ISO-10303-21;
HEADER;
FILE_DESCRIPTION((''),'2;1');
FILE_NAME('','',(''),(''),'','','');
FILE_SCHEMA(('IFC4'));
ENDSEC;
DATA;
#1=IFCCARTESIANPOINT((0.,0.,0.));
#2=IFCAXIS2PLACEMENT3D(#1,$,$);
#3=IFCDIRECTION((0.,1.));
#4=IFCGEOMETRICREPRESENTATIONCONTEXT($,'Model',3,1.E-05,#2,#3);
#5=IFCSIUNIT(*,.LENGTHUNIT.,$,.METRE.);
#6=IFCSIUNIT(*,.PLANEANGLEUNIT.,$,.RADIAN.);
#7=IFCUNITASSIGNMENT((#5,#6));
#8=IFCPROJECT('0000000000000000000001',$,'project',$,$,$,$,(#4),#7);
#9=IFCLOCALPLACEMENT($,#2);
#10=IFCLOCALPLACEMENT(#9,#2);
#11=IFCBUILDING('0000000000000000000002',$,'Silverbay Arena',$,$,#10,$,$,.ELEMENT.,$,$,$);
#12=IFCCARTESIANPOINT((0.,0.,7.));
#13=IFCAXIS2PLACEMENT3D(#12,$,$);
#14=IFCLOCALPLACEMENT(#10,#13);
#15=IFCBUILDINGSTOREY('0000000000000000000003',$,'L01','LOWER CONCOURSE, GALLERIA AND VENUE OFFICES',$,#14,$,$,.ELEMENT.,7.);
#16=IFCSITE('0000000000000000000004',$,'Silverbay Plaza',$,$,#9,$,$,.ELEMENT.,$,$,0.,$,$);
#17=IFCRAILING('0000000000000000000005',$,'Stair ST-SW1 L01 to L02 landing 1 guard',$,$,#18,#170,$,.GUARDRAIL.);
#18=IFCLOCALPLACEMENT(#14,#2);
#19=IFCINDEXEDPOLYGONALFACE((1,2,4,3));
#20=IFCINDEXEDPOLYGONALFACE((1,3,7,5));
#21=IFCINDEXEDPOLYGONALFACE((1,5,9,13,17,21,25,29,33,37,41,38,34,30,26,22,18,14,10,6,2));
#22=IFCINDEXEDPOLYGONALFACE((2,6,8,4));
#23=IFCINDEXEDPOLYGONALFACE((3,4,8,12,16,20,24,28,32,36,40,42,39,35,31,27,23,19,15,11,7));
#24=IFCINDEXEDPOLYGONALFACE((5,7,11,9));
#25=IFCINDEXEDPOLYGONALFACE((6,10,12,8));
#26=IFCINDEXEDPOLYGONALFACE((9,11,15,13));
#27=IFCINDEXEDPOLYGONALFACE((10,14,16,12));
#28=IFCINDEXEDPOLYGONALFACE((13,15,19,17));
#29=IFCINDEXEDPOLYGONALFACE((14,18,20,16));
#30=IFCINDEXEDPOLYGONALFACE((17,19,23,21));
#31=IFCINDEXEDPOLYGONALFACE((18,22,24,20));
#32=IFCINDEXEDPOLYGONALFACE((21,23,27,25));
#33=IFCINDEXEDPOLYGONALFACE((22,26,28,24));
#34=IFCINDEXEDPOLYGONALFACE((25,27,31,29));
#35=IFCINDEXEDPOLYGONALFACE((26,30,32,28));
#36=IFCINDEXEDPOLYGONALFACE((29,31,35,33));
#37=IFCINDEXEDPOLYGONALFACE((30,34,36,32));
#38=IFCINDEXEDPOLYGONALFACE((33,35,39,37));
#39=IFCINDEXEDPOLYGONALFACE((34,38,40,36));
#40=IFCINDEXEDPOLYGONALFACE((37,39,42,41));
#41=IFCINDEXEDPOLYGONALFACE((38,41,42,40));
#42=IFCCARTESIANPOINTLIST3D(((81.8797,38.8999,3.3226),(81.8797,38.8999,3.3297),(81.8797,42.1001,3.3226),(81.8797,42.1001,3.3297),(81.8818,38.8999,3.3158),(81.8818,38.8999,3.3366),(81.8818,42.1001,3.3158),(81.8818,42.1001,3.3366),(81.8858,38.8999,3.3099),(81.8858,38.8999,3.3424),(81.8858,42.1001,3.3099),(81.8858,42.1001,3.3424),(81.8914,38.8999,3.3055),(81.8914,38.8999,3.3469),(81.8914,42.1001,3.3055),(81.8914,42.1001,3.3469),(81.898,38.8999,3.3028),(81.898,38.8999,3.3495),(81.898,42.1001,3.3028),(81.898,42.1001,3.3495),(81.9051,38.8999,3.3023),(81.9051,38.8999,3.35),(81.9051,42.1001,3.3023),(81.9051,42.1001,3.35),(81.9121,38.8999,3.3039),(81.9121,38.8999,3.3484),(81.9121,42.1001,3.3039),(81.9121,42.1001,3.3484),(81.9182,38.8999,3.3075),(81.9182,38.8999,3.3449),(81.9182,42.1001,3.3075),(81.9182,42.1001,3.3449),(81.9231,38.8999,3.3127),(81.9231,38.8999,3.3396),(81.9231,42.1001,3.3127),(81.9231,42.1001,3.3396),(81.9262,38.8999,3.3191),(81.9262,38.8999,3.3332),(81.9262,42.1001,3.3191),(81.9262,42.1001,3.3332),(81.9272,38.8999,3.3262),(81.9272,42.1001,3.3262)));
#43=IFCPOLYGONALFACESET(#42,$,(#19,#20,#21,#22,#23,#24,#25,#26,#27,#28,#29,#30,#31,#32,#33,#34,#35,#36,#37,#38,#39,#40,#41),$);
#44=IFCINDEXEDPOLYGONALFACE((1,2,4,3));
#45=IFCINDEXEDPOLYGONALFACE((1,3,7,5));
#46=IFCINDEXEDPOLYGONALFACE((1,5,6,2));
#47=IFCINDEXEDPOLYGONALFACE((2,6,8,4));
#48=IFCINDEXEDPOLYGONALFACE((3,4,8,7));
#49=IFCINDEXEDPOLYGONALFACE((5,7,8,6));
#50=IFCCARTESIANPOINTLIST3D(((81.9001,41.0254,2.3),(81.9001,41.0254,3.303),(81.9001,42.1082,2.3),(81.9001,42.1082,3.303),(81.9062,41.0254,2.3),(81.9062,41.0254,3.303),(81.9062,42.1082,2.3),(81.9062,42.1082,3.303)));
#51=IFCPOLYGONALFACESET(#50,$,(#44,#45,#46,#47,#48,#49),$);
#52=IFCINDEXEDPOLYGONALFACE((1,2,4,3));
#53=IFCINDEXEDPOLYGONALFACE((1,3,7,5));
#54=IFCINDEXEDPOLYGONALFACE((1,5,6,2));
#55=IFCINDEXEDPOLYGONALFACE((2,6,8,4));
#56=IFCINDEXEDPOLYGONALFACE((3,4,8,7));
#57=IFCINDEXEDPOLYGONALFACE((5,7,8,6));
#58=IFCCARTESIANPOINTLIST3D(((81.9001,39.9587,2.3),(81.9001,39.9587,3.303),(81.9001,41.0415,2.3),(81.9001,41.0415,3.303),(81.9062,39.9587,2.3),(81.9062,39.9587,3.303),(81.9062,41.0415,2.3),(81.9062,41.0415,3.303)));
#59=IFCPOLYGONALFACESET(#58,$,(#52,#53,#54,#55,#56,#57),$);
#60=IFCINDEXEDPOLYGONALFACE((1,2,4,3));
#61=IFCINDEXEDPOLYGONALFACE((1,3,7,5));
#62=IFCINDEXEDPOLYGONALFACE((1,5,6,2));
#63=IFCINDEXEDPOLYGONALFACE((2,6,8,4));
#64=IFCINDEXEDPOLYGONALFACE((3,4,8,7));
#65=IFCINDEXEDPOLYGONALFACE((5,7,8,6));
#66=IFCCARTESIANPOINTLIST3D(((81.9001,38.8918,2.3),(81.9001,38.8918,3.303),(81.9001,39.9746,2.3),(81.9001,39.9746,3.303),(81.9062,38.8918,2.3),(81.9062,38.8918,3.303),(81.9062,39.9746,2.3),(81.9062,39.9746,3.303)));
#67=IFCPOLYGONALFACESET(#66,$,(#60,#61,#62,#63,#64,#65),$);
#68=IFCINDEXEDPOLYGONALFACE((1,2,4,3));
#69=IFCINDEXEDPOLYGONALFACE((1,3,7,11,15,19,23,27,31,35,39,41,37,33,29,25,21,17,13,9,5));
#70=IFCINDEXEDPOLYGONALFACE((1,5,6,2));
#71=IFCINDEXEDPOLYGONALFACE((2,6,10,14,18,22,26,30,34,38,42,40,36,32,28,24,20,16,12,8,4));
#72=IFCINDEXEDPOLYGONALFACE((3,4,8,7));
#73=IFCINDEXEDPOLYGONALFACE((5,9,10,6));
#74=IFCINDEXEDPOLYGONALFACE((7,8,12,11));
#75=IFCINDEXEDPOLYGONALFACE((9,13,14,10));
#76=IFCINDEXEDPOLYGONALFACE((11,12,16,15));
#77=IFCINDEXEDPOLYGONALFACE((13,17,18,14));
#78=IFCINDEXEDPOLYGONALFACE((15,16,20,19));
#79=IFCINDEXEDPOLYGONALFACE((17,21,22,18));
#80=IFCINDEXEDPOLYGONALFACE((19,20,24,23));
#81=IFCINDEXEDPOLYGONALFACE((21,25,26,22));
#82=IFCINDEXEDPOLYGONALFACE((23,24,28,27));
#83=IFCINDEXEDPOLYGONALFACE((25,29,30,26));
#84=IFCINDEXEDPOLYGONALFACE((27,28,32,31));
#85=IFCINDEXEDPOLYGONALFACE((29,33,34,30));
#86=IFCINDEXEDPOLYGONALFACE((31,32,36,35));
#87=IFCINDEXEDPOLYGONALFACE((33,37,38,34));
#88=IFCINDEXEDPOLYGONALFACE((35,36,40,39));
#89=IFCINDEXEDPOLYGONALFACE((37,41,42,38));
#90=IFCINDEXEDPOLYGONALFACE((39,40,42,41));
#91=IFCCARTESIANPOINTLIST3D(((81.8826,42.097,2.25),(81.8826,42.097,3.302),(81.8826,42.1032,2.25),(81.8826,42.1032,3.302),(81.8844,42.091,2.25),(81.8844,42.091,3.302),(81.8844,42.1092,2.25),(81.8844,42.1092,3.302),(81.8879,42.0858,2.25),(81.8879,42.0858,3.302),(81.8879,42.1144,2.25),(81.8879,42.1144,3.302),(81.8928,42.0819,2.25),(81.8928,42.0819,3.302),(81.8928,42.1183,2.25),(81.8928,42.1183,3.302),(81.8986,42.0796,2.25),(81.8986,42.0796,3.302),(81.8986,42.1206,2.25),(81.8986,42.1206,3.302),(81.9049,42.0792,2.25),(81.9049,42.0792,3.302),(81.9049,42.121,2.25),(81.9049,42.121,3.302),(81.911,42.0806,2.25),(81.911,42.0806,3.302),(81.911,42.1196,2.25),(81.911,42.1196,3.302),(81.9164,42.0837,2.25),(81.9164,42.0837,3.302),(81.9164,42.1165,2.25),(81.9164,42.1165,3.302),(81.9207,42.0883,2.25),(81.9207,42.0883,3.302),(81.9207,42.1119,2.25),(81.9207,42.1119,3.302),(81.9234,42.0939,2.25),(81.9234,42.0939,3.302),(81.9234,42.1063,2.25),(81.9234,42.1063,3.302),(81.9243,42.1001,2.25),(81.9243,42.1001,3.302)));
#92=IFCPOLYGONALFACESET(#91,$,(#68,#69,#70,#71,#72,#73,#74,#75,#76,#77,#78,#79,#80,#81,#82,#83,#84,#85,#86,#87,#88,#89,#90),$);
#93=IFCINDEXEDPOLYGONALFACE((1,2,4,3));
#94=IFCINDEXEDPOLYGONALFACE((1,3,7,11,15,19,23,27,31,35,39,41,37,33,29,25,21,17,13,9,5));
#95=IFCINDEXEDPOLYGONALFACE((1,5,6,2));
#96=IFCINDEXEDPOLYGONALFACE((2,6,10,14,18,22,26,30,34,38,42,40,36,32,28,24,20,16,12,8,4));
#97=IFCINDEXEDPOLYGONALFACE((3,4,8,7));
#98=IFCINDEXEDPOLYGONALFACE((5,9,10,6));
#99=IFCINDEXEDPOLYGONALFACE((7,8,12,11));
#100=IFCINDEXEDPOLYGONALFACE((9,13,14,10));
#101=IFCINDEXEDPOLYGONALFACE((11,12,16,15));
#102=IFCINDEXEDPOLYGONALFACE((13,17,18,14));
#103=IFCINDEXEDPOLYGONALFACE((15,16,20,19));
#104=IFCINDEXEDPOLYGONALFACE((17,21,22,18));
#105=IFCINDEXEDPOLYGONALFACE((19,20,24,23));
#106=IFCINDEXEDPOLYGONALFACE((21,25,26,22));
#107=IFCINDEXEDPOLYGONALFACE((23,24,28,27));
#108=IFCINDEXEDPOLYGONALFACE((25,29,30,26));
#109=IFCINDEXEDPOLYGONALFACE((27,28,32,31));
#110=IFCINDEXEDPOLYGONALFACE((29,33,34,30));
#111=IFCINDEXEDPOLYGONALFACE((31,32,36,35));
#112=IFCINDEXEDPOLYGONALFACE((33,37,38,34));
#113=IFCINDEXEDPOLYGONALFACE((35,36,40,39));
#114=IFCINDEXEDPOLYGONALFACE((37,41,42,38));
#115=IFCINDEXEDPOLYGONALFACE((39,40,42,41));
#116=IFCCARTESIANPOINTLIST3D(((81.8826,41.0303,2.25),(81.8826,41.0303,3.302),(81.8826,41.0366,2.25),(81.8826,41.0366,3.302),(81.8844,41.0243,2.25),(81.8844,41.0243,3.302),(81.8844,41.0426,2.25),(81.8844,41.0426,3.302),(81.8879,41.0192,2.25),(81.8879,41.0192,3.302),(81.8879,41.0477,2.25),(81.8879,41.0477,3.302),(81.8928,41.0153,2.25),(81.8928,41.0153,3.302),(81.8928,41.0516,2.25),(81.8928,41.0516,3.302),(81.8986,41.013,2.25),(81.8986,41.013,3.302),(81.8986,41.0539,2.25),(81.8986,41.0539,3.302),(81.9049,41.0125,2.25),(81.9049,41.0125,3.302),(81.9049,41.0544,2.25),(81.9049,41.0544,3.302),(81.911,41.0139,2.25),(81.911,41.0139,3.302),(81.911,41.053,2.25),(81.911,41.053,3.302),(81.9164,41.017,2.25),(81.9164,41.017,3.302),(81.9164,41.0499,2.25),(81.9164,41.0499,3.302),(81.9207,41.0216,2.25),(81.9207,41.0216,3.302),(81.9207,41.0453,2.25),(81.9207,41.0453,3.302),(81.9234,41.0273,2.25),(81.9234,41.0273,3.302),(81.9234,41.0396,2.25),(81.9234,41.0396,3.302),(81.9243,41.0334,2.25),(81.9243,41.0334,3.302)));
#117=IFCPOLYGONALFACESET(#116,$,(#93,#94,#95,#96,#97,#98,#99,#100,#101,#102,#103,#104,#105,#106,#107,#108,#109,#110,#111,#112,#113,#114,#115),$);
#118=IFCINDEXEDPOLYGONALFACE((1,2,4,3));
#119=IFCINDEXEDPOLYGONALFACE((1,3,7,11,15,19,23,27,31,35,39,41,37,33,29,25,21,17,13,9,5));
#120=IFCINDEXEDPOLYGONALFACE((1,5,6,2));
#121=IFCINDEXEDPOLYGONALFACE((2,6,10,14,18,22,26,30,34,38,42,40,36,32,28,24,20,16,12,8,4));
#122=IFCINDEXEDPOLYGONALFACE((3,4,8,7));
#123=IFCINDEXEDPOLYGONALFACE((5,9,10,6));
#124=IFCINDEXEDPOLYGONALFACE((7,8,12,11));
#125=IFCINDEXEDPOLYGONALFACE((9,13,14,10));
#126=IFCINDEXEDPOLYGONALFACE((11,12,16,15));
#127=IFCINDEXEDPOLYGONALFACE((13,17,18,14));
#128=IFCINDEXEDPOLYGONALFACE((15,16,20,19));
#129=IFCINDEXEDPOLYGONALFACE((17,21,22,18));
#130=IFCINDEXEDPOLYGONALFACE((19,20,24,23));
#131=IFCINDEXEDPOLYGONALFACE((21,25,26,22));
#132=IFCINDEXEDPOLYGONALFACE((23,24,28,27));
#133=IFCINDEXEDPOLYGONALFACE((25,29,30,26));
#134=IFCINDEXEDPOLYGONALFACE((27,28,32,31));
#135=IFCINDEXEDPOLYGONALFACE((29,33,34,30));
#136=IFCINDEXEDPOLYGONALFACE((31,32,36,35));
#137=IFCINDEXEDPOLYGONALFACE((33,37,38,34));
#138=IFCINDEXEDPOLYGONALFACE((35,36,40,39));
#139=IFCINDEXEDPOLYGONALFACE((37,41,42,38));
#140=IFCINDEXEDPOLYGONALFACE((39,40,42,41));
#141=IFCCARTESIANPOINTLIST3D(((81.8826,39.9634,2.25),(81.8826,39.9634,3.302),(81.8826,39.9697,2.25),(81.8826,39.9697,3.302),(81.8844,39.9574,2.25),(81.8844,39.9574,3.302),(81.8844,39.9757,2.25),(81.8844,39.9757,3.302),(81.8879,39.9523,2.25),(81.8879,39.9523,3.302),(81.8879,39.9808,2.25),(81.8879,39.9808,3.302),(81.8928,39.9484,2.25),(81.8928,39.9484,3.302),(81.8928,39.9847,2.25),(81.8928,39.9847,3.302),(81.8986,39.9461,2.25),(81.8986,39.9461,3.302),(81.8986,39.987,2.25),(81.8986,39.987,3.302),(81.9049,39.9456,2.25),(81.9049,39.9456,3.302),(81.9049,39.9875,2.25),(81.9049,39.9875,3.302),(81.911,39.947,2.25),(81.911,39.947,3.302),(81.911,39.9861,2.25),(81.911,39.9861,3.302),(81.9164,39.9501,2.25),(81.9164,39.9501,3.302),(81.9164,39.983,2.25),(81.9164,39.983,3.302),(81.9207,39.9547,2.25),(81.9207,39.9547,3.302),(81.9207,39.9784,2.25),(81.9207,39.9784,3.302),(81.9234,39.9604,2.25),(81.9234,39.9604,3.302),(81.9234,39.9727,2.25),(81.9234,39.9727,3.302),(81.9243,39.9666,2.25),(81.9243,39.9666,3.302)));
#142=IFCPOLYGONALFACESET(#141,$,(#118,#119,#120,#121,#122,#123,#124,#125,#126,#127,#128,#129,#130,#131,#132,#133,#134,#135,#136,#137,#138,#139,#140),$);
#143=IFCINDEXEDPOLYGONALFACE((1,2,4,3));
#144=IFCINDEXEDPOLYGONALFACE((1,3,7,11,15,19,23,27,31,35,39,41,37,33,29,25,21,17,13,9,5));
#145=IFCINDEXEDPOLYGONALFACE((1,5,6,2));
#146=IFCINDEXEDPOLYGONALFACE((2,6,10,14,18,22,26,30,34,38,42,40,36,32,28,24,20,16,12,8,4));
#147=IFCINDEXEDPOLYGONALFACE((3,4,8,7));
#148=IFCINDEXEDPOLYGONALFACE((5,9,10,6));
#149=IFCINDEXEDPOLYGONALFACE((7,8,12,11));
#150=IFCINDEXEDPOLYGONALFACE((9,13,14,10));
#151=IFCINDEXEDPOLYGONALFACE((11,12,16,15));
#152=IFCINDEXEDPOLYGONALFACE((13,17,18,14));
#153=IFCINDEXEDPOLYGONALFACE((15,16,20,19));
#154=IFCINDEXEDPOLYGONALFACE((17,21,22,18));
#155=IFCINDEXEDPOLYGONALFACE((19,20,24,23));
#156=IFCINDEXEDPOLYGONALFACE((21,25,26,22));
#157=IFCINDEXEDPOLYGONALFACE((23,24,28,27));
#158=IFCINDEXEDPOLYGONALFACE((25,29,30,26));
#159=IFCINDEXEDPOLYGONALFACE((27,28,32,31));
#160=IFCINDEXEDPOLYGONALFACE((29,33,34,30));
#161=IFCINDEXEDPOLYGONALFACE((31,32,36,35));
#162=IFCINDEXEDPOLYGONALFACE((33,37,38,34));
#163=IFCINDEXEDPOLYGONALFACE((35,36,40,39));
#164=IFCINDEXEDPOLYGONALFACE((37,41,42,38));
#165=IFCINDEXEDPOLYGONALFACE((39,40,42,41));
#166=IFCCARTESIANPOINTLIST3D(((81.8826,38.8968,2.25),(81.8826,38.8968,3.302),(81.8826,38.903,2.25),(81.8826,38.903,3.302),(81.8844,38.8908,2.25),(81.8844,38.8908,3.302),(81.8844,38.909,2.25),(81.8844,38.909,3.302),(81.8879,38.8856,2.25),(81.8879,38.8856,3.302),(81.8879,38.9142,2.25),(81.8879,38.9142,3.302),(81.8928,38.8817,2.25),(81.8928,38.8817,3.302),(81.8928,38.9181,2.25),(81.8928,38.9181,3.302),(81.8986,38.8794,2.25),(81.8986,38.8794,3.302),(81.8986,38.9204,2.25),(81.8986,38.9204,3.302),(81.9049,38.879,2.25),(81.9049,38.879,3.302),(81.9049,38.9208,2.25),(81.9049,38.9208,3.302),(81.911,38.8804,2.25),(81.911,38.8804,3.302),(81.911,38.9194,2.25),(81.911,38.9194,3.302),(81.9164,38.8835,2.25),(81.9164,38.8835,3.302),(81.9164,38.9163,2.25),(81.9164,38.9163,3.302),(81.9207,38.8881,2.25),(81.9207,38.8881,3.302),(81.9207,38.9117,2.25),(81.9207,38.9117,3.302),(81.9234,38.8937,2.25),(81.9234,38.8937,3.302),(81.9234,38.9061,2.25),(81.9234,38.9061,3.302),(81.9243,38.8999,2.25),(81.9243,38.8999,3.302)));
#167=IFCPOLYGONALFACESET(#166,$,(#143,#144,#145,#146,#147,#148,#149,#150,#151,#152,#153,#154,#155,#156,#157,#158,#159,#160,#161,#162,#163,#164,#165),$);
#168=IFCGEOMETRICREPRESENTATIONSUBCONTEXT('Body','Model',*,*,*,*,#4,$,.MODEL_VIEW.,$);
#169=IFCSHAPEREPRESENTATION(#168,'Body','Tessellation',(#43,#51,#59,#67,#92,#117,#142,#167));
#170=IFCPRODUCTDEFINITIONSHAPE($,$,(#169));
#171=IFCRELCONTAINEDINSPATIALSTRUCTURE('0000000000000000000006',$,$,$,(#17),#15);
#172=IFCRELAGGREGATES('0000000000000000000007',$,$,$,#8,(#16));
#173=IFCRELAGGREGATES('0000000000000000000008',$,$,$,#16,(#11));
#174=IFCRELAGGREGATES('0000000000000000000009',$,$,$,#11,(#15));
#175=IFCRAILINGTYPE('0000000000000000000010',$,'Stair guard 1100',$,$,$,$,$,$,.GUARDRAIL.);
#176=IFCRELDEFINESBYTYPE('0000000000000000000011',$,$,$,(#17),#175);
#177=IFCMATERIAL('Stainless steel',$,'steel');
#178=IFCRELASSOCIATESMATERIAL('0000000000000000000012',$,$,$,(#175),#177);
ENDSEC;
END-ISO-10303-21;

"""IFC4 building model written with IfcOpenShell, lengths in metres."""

from ifc_helpers import new_model, si_unit, direction, frame, origin, origin_2d, place, context, subcontext, project, spatial, polyline, circle, outline, extrude, material, type_object, element, save


model = new_model("IFC4")

# Units and contexts
model_context = context("Model", 3, precision=1e-05, world=origin(), true_north=direction((0.0, 1.0)))
body_context = subcontext(model_context, "Body", "Model", "MODEL_VIEW")
ifc_project = project(units=[si_unit("LENGTHUNIT", "METRE"), si_unit("PLANEANGLEUNIT", "RADIAN")], contexts=[model_context])

# Site, building, storey
site_placement = place(None, origin())
site = spatial("IfcSite", under=ifc_project, at=site_placement, Name="Silverbay Plaza", CompositionType="ELEMENT", RefElevation=0.0)
building_placement = place(site_placement, origin())
building = spatial("IfcBuilding", under=site, at=building_placement, Name="Silverbay Arena", CompositionType="ELEMENT")
storey_placement = place(building_placement, frame((0.0, 0.0, 7.0)))
storey = spatial("IfcBuildingStorey", under=building, at=storey_placement, Name="L01", Description="LOWER CONCOURSE, GALLERIA AND VENUE OFFICES", CompositionType="ELEMENT", Elevation=7.0)

# Railing
ifc_material_1 = material(Name="Stainless steel", Category="steel")
railing_type_1 = type_object("IfcRailingType", Name="Stair guard 1100", PredefinedType="GUARDRAIL", material=ifc_material_1)
for number, where, name in (
    (1, (81.9033, 42.1001, 2.25), "Stair ST-SW1 L01 to L02 landing 1 guard"),
):
    element("IfcRailing", number, at=place(storey_placement, frame(where)), inside=storey, type_object=railing_type_1, Name=name, PredefinedType="GUARDRAIL", context=body_context, shape_type="SweptSolid", body=[
        extrude(circle(Radius=0.0239, at=origin_2d()), frame((0.0, 0.0, 1.0762), z_axis=(0.0, -1.0, 0.0), x_axis=(1.0, 0.0, 0.0)), (0.0, 0.0, 1.0), 3.2002),
        extrude(outline(polyline([(-0.0081, 0.05), (1.0747, 0.05), (1.0747, 1.053), (-0.0081, 1.053), (-0.0081, 0.05)])), frame((0.0029, 0.0, 0.0), z_axis=(-1.0, 0.0, 0.0), x_axis=(0.0, -1.0, 0.0)), (0.0, 0.0, 1.0), 0.0061),
        extrude(outline(polyline([(-0.0081, 0.05), (1.0747, 0.05), (1.0747, 1.053), (-0.0081, 1.053), (-0.0081, 0.05)])), frame((0.0029, -1.0667, 0.0), z_axis=(-1.0, 0.0, 0.0), x_axis=(0.0, -1.0, 0.0)), (0.0, 0.0, 1.0), 0.0061),
        extrude(outline(polyline([(-0.0081, 0.05), (1.0747, 0.05), (1.0747, 1.053), (-0.0081, 1.053), (-0.0081, 0.05)])), frame((0.0029, -2.1335, 0.0), z_axis=(-1.0, 0.0, 0.0), x_axis=(0.0, -1.0, 0.0)), (0.0, 0.0, 1.0), 0.0061),
        extrude(circle(Radius=0.021, at=origin_2d()), origin(), (0.0, 0.0, 1.0), 1.052),
        extrude(circle(Radius=0.021, at=origin_2d()), frame((0.0, -1.0667, 0.0)), (0.0, 0.0, 1.0), 1.052),
        extrude(circle(Radius=0.021, at=origin_2d()), frame((0.0, -2.1335, 0.0)), (0.0, 0.0, 1.0), 1.052),
        extrude(circle(Radius=0.021, at=origin_2d()), frame((0.0, -3.2002, 0.0)), (0.0, 0.0, 1.0), 1.052),
    ])

save(model, "model.ifc")
